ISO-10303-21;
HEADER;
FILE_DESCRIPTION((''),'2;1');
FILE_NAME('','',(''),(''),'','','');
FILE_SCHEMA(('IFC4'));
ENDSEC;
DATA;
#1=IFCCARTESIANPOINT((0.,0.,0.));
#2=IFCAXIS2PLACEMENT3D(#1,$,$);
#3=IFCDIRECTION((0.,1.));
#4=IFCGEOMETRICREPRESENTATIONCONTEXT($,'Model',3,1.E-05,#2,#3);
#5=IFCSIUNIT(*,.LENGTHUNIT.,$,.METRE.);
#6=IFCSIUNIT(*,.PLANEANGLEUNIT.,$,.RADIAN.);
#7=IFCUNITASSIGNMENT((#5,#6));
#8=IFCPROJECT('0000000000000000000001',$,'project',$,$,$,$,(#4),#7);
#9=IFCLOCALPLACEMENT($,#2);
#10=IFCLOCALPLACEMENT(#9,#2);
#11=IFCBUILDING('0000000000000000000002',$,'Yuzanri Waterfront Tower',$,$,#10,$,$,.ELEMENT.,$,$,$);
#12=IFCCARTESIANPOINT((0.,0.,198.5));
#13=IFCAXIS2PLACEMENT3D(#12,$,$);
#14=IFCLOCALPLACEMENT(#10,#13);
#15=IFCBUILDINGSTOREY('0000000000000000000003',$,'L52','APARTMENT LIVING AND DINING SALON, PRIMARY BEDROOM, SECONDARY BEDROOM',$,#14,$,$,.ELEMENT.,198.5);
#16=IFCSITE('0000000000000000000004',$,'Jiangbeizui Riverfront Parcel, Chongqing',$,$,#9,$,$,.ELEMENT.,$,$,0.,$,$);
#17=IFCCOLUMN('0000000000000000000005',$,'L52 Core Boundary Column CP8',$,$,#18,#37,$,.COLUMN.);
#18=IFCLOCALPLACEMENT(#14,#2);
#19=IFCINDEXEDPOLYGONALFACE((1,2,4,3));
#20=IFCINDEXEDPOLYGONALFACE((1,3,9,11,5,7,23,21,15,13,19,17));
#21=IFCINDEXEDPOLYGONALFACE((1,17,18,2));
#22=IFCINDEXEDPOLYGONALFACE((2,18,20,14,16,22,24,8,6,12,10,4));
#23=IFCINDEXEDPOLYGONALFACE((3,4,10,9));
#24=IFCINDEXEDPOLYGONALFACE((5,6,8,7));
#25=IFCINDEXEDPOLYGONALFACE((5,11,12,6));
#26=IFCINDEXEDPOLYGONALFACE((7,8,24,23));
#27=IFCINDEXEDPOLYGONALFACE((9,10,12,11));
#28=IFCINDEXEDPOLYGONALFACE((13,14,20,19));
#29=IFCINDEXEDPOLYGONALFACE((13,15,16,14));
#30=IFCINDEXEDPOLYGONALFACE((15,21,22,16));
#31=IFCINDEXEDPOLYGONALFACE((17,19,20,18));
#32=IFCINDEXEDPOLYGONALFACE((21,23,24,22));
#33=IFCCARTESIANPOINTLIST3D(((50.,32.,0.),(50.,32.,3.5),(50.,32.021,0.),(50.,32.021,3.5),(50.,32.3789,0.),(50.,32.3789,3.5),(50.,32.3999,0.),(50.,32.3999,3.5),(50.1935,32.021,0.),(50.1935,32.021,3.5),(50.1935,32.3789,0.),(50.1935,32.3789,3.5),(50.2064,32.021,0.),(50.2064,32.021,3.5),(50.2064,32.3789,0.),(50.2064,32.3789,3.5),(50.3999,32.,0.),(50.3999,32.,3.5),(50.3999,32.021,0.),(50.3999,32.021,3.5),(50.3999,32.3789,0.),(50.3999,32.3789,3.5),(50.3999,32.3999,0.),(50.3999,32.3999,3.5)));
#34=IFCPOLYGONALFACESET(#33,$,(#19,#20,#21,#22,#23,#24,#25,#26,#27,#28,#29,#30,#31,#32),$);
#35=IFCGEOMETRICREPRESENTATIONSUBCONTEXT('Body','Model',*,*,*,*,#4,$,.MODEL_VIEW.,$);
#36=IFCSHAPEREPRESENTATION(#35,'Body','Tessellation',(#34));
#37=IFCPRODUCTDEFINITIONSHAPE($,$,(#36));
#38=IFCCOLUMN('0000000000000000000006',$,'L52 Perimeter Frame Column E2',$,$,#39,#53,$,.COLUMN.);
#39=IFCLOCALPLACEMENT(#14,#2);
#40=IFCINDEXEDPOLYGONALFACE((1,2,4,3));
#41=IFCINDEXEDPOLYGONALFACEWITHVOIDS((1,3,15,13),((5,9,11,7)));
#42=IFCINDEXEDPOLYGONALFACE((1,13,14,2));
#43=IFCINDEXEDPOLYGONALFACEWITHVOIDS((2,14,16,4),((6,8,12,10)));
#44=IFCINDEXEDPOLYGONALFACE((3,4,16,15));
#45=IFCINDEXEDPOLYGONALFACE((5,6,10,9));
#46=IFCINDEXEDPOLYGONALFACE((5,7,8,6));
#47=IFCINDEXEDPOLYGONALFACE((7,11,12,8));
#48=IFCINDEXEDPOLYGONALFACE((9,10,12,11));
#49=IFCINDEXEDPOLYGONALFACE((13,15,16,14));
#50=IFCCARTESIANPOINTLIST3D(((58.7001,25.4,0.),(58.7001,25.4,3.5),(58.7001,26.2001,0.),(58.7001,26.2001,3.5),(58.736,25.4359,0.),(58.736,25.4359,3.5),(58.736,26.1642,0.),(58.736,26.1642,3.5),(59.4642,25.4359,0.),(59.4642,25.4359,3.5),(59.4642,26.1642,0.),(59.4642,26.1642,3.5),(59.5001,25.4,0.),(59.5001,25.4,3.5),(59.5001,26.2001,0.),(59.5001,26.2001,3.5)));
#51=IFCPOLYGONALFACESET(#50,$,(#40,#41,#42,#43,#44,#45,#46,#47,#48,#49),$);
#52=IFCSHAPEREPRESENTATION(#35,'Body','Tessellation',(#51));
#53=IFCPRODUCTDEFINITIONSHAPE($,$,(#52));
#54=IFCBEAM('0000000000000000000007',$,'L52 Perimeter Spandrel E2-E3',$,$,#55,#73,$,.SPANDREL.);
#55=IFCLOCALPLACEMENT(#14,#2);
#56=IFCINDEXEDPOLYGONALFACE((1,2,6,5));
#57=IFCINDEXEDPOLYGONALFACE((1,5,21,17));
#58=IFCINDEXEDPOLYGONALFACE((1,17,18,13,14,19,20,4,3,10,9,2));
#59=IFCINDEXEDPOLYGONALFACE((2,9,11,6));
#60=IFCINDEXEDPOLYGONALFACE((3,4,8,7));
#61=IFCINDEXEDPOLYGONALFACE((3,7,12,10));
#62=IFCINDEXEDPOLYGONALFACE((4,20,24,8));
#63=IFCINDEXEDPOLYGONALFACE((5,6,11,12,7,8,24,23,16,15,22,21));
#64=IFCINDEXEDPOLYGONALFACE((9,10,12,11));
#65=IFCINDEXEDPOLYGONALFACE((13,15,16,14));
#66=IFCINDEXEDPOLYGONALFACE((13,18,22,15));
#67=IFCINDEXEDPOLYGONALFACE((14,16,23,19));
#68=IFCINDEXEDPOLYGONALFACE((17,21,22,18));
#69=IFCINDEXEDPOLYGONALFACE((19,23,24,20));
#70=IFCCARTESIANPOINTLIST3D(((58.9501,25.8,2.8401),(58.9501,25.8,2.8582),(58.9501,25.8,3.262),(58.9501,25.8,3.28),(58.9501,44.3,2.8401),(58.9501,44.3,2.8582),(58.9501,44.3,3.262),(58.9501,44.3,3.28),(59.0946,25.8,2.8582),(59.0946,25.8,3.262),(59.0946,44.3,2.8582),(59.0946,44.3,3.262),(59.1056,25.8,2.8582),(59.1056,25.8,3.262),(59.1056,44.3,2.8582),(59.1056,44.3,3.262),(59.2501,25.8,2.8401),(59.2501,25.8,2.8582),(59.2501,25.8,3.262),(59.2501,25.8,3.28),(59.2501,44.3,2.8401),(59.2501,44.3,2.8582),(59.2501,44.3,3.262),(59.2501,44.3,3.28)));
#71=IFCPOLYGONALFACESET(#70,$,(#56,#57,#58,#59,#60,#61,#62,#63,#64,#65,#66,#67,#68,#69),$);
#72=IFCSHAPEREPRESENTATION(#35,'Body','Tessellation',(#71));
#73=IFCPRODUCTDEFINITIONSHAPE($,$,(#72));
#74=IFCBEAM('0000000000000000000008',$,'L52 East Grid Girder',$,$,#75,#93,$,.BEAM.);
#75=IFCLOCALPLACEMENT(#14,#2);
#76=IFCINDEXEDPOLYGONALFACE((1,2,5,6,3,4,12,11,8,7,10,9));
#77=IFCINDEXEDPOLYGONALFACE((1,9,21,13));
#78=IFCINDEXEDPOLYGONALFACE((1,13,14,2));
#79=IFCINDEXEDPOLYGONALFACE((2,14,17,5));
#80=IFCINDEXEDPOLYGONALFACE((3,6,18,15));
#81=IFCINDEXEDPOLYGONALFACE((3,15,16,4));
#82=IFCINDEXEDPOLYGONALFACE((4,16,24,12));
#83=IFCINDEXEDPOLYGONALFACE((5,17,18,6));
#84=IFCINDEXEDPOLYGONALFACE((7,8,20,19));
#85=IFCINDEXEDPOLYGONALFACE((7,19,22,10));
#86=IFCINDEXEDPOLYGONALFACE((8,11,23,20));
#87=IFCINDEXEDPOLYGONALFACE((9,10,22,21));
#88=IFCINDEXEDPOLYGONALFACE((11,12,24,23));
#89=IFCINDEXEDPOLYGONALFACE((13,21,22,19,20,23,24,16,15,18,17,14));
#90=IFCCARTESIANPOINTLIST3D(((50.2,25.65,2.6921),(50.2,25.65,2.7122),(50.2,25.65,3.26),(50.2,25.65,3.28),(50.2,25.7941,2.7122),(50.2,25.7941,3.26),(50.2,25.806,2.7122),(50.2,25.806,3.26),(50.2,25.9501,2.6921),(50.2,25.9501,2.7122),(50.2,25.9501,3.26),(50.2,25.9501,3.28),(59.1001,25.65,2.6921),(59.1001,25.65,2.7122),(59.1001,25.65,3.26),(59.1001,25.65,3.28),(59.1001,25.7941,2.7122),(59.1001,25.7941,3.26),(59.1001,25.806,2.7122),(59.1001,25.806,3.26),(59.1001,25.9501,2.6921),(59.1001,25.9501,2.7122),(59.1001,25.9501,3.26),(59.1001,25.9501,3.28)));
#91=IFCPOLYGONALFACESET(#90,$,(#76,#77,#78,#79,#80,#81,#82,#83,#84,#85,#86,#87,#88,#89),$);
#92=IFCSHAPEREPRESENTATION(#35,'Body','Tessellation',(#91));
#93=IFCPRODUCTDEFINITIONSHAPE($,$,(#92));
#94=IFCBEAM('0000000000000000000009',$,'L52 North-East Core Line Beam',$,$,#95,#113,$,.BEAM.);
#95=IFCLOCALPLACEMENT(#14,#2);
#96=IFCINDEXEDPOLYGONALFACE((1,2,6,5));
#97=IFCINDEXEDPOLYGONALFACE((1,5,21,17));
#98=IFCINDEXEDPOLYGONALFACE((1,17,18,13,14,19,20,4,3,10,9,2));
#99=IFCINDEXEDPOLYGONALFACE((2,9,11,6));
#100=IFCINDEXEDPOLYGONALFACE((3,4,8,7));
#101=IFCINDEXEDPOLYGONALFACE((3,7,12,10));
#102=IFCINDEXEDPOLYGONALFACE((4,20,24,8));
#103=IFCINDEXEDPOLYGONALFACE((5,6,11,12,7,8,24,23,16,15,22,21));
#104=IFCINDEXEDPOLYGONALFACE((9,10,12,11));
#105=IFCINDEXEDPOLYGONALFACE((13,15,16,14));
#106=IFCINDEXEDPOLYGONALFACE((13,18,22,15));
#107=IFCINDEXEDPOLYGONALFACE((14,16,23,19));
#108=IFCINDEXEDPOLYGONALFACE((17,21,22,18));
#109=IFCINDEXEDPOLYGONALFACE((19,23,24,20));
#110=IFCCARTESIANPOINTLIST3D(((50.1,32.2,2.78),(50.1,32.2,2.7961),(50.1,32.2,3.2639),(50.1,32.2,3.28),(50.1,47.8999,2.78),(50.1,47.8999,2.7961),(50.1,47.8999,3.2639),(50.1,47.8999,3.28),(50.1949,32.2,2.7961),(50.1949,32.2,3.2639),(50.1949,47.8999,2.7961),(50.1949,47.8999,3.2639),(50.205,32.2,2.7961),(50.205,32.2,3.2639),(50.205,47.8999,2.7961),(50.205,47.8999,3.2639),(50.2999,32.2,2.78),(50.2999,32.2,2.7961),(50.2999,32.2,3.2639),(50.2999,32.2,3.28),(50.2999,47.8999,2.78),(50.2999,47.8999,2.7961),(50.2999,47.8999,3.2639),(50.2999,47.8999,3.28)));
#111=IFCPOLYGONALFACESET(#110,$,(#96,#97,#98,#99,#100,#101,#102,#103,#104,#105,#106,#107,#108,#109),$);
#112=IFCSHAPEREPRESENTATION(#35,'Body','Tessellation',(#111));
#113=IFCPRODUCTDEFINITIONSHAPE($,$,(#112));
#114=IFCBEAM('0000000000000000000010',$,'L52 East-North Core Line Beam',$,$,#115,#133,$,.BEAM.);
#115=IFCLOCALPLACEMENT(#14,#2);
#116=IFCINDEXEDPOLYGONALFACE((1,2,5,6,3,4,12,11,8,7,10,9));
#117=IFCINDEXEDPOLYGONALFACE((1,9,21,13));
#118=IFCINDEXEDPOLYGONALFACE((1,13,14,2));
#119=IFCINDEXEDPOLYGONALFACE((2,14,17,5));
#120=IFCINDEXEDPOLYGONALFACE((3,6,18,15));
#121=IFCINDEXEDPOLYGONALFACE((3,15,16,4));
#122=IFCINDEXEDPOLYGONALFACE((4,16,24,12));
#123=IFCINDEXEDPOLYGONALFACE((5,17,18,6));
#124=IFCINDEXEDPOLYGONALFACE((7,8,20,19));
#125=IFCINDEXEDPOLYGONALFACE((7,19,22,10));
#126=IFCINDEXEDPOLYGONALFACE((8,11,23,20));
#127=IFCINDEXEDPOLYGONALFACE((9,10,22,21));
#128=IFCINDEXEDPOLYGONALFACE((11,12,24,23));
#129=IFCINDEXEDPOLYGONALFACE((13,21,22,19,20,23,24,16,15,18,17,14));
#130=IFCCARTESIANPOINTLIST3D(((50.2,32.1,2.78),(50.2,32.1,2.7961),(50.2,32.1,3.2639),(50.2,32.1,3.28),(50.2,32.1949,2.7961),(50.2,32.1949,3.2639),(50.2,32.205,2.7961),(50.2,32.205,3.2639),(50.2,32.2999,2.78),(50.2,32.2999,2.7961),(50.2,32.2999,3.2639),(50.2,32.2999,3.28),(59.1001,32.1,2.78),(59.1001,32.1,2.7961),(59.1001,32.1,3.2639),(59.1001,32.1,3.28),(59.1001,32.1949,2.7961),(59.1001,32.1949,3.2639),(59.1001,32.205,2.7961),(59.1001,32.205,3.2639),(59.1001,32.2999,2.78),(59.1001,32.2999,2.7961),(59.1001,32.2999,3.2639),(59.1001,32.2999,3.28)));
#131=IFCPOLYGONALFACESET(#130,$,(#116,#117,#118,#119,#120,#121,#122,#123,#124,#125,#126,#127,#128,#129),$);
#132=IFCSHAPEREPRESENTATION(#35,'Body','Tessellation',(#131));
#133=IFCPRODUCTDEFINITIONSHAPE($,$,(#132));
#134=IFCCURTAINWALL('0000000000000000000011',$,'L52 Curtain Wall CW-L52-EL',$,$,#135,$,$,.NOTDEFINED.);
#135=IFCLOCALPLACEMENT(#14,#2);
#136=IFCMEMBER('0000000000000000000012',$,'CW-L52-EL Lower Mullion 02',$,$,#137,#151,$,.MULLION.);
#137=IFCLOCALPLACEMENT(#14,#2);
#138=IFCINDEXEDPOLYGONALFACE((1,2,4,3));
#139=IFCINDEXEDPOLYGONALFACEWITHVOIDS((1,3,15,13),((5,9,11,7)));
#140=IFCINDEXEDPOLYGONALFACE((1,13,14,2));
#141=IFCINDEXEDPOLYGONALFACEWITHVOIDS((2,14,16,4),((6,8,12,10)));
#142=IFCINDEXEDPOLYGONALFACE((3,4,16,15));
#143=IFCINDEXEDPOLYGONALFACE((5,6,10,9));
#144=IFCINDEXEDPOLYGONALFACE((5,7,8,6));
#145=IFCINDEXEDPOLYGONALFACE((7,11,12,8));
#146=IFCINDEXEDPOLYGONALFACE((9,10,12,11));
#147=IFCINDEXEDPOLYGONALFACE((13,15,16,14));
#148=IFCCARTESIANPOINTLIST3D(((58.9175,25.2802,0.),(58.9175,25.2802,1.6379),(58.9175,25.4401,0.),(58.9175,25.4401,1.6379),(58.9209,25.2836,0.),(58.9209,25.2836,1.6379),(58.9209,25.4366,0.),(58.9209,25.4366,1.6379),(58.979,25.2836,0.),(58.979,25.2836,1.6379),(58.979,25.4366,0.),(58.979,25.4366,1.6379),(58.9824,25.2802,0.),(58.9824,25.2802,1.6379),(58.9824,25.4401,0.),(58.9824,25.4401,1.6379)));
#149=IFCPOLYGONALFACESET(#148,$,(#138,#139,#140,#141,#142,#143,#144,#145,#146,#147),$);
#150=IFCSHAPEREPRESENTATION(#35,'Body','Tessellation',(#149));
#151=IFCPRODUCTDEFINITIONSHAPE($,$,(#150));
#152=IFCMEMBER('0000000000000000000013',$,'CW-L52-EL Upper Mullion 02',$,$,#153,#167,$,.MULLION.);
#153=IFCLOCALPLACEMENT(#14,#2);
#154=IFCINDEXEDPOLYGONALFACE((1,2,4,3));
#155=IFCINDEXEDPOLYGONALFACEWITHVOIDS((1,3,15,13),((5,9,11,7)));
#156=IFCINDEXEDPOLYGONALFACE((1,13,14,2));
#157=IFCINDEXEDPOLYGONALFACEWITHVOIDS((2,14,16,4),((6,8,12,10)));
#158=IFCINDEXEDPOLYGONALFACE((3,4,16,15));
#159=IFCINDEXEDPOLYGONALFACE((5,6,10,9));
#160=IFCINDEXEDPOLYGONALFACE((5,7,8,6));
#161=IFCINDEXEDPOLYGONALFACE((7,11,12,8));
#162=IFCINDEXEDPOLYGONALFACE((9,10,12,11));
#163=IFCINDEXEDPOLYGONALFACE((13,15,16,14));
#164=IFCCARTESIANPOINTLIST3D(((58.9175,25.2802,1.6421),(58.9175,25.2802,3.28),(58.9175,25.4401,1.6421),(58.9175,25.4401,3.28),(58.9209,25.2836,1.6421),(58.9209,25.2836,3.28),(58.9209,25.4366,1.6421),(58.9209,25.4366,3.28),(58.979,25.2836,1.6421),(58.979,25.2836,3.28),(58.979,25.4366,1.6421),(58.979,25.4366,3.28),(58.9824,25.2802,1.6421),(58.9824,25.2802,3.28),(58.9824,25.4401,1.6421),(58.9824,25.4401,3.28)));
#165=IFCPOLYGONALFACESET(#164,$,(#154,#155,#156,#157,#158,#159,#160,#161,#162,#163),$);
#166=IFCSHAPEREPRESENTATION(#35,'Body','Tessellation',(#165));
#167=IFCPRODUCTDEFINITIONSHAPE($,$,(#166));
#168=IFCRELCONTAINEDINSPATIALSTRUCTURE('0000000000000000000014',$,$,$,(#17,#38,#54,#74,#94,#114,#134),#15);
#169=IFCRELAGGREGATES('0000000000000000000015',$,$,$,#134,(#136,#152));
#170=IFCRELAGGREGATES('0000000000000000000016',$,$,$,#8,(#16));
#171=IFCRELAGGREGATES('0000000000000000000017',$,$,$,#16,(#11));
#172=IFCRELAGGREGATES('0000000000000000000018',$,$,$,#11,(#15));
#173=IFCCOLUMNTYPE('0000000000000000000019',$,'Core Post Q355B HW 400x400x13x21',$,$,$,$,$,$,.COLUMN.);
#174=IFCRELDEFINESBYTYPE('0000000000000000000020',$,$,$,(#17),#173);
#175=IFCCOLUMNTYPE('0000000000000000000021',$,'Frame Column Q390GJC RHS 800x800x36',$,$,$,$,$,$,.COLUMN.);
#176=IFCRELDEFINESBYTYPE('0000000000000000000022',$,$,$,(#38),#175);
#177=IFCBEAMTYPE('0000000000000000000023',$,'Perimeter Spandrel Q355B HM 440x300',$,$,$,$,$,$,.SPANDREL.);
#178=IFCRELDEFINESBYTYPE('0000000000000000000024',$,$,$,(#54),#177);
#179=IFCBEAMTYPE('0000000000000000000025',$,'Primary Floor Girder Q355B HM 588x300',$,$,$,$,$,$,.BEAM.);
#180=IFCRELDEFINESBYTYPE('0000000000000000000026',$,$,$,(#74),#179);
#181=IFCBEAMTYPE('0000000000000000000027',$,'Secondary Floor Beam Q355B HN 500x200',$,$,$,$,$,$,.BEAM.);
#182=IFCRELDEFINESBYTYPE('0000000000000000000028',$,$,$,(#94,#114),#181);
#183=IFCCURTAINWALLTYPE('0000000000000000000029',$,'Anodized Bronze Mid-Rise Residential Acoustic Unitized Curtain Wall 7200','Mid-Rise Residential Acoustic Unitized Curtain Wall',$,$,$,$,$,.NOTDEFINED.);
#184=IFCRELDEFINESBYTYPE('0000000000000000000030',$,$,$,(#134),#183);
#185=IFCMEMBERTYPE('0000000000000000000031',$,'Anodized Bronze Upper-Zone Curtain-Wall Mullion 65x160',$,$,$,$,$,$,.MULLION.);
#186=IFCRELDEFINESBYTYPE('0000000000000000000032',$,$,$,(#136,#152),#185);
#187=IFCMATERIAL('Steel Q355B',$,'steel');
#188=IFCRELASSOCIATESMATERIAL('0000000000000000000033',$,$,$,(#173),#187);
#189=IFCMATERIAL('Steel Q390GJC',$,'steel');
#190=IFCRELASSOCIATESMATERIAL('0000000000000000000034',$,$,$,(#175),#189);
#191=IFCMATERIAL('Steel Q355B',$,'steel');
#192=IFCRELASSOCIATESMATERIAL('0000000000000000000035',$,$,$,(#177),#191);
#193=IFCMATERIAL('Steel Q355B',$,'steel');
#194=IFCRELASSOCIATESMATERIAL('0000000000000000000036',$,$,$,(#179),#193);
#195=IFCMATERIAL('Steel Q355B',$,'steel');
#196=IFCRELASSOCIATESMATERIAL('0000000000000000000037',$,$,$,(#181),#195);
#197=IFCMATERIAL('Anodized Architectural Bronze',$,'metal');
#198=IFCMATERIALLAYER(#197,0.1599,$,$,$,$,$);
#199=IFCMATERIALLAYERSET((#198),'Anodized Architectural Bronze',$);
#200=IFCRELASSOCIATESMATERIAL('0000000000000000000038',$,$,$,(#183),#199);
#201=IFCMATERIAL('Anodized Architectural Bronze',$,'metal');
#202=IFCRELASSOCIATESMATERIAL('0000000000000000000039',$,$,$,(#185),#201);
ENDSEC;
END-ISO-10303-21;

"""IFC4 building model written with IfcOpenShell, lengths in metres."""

from ifc_helpers import new_model, si_unit, direction, frame, origin, origin_2d, place, context, subcontext, project, spatial, hollow_rectangle, i_section, extrude, source, transform, mapped, material, layer, layer_set, material_profile, profile_set, type_object, element, aggregate, save


model = new_model("IFC4")

# Units and contexts
model_context = context("Model", 3, precision=1e-05, world=origin(), true_north=direction((0.0, 1.0)))
body_context = subcontext(model_context, "Body", "Model", "MODEL_VIEW")
ifc_project = project(units=[si_unit("LENGTHUNIT", "METRE"), si_unit("PLANEANGLEUNIT", "RADIAN")], contexts=[model_context])

# Site, building, storey
site_placement = place(None, origin())
site = spatial("IfcSite", under=ifc_project, at=site_placement, Name="Jiangbeizui Riverfront Parcel, Chongqing", CompositionType="ELEMENT", RefElevation=0.0)
building_placement = place(site_placement, origin())
building = spatial("IfcBuilding", under=site, at=building_placement, Name="Yuzanri Waterfront Tower", CompositionType="ELEMENT")
storey_placement = place(building_placement, frame((0.0, 0.0, 198.5)))
storey = spatial("IfcBuildingStorey", under=building, at=storey_placement, Name="L52", Description="APARTMENT LIVING AND DINING SALON, PRIMARY BEDROOM, SECONDARY BEDROOM", CompositionType="ELEMENT", Elevation=198.5)

# Columns
ifc_material_1 = material(Name="Steel Q355B", Category="steel")
ifc_material_profile_1 = material_profile(ifc_material_1, i_section(OverallWidth=0.3999, OverallDepth=0.3999, WebThickness=0.0129, FlangeThickness=0.021, at=origin_2d()), Name="HW 400x400x13x21")
ifc_profile_set_1 = profile_set([ifc_material_profile_1], Name="Steel Q355B")
column_type_1 = type_object("IfcColumnType", Name="Core Post Q355B HW 400x400x13x21", PredefinedType="COLUMN", material=ifc_profile_set_1)
shared_shape_1 = source(origin(), body_context, "Body", "SweptSolid", [
    extrude(i_section(OverallWidth=0.3999, OverallDepth=0.3999, WebThickness=0.0129, FlangeThickness=0.021, at=origin_2d()), origin(), (0.0, 0.0, 1.0), 3.5),
])
column_1_placement = place(storey_placement, frame((50.2, 32.2, 0.0), z_axis=(0.0, 0.0, 1.0), x_axis=(1.0, 0.0, 0.0)))
element("IfcColumn", 1, at=column_1_placement, inside=storey, type_object=column_type_1, Name="L52 Core Boundary Column CP8", PredefinedType="COLUMN", context=body_context, shape_type="MappedRepresentation", body=[
    mapped(shared_shape_1, transform((0.0, 0.0, 0.0), scale=1.0)),
])
ifc_material_2 = material(Name="Steel Q390GJC", Category="steel")
ifc_material_profile_2 = material_profile(ifc_material_2, hollow_rectangle(XDim=0.8, YDim=0.8, WallThickness=0.0359, at=origin_2d()), Name="RHS 800x800x36")
ifc_profile_set_2 = profile_set([ifc_material_profile_2], Name="Steel Q390GJC")
column_type_2 = type_object("IfcColumnType", Name="Frame Column Q390GJC RHS 800x800x36", PredefinedType="COLUMN", material=ifc_profile_set_2)
shared_shape_2 = source(origin(), body_context, "Body", "SweptSolid", [
    extrude(hollow_rectangle(XDim=0.8, YDim=0.8, WallThickness=0.0359, at=origin_2d()), origin(), (0.0, 0.0, 1.0), 3.5),
])
column_2_placement = place(storey_placement, frame((59.1001, 25.8, 0.0), z_axis=(0.0, 0.0, 1.0), x_axis=(1.0, 0.0, 0.0)))
element("IfcColumn", 2, at=column_2_placement, inside=storey, type_object=column_type_2, Name="L52 Perimeter Frame Column E2", PredefinedType="COLUMN", context=body_context, shape_type="MappedRepresentation", body=[
    mapped(shared_shape_2, transform((0.0, 0.0, 0.0), scale=1.0)),
])

# Beams
ifc_material_3 = material(Name="Steel Q355B", Category="steel")
ifc_material_profile_3 = material_profile(ifc_material_3, i_section(OverallWidth=0.3, OverallDepth=0.4399, WebThickness=0.011, FlangeThickness=0.0181, at=origin_2d()), Name="HM 440x300x11x18")
ifc_profile_set_3 = profile_set([ifc_material_profile_3], Name="Steel Q355B")
beam_type_1 = type_object("IfcBeamType", Name="Perimeter Spandrel Q355B HM 440x300", PredefinedType="SPANDREL", material=ifc_profile_set_3)
shared_shape_3 = source(origin(), body_context, "Body", "SweptSolid", [
    extrude(i_section(OverallWidth=0.3, OverallDepth=0.4399, WebThickness=0.011, FlangeThickness=0.0181, at=origin_2d()), origin(), (0.0, 0.0, 1.0), 18.5),
])
beam_1_placement = place(storey_placement, frame((59.1001, 25.8, 3.0601), z_axis=(0.0, 1.0, 0.0), x_axis=(-1.0, 0.0, 0.0)))
element("IfcBeam", 3, at=beam_1_placement, inside=storey, type_object=beam_type_1, Name="L52 Perimeter Spandrel E2-E3", PredefinedType="SPANDREL", context=body_context, shape_type="MappedRepresentation", body=[
    mapped(shared_shape_3, transform((0.0, 0.0, 0.0), scale=1.0)),
])
ifc_material_4 = material(Name="Steel Q355B", Category="steel")
ifc_material_profile_4 = material_profile(ifc_material_4, i_section(OverallWidth=0.3, OverallDepth=0.5879, WebThickness=0.012, FlangeThickness=0.02, at=origin_2d()), Name="HM 588x300x12x20")
ifc_profile_set_4 = profile_set([ifc_material_profile_4], Name="Steel Q355B")
beam_type_2 = type_object("IfcBeamType", Name="Primary Floor Girder Q355B HM 588x300", PredefinedType="BEAM", material=ifc_profile_set_4)
shared_shape_4 = source(origin(), body_context, "Body", "SweptSolid", [
    extrude(i_section(OverallWidth=0.3, OverallDepth=0.5879, WebThickness=0.012, FlangeThickness=0.02, at=origin_2d()), origin(), (0.0, 0.0, 1.0), 8.9001),
])
beam_2_placement = place(storey_placement, frame((50.2, 25.8, 2.9861), z_axis=(1.0, 0.0, 0.0), x_axis=(0.0, 1.0, 0.0)))
element("IfcBeam", 4, at=beam_2_placement, inside=storey, type_object=beam_type_2, Name="L52 East Grid Girder", PredefinedType="BEAM", context=body_context, shape_type="MappedRepresentation", body=[
    mapped(shared_shape_4, transform((0.0, 0.0, 0.0), scale=1.0)),
])
ifc_material_5 = material(Name="Steel Q355B", Category="steel")
ifc_material_profile_5 = material_profile(ifc_material_5, i_section(OverallWidth=0.2, OverallDepth=0.5, WebThickness=0.01, FlangeThickness=0.0161, at=origin_2d()), Name="HN 500x200x10x16")
ifc_profile_set_5 = profile_set([ifc_material_profile_5], Name="Steel Q355B")
beam_type_3 = type_object("IfcBeamType", Name="Secondary Floor Beam Q355B HN 500x200", PredefinedType="BEAM", material=ifc_profile_set_5)
shared_shape_5 = source(origin(), body_context, "Body", "SweptSolid", [
    extrude(i_section(OverallWidth=0.2, OverallDepth=0.5, WebThickness=0.01, FlangeThickness=0.0161, at=origin_2d()), origin(), (0.0, 0.0, 1.0), 15.7),
])
beam_3_placement = place(storey_placement, frame((50.2, 32.2, 3.03), z_axis=(0.0, 1.0, 0.0), x_axis=(-1.0, 0.0, 0.0)))
element("IfcBeam", 5, at=beam_3_placement, inside=storey, type_object=beam_type_3, Name="L52 North-East Core Line Beam", PredefinedType="BEAM", context=body_context, shape_type="MappedRepresentation", body=[
    mapped(shared_shape_5, transform((0.0, 0.0, 0.0), scale=1.0)),
])
shared_shape_6 = source(origin(), body_context, "Body", "SweptSolid", [
    extrude(i_section(OverallWidth=0.2, OverallDepth=0.5, WebThickness=0.01, FlangeThickness=0.0161, at=origin_2d()), origin(), (0.0, 0.0, 1.0), 8.9001),
])
beam_4_placement = place(storey_placement, frame((50.2, 32.2, 3.03), z_axis=(1.0, 0.0, 0.0), x_axis=(0.0, 1.0, 0.0)))
element("IfcBeam", 6, at=beam_4_placement, inside=storey, type_object=beam_type_3, Name="L52 East-North Core Line Beam", PredefinedType="BEAM", context=body_context, shape_type="MappedRepresentation", body=[
    mapped(shared_shape_6, transform((0.0, 0.0, 0.0), scale=1.0)),
])

# Curtain wall, members
ifc_material_6 = material(Name="Anodized Architectural Bronze", Category="metal")
ifc_layer_1 = layer(ifc_material_6, 0.1599)
ifc_layer_set_1 = layer_set([ifc_layer_1], Name="Anodized Architectural Bronze")
curtain_wall_type = type_object("IfcCurtainWallType", Name="Anodized Bronze Mid-Rise Residential Acoustic Unitized Curtain Wall 7200", Description="Mid-Rise Residential Acoustic Unitized Curtain Wall", PredefinedType="NOTDEFINED", material=ifc_layer_set_1)
curtain_wall_1_placement = place(storey_placement, origin())
curtain_wall_1 = element("IfcCurtainWall", 7, at=curtain_wall_1_placement, inside=storey, type_object=curtain_wall_type, Name="L52 Curtain Wall CW-L52-EL", PredefinedType="NOTDEFINED")
ifc_material_7 = material(Name="Anodized Architectural Bronze", Category="metal")
ifc_material_profile_6 = material_profile(ifc_material_7, hollow_rectangle(XDim=0.0649, YDim=0.1599, WallThickness=0.0034, at=origin_2d()), Name="CWM 65x160")
ifc_profile_set_6 = profile_set([ifc_material_profile_6], Name="Anodized Architectural Bronze")
member_type_1 = type_object("IfcMemberType", Name="Anodized Bronze Upper-Zone Curtain-Wall Mullion 65x160", PredefinedType="MULLION", material=ifc_profile_set_6)
shared_shape_7 = source(origin(), body_context, "Body", "SweptSolid", [
    extrude(hollow_rectangle(XDim=0.0649, YDim=0.1599, WallThickness=0.0034, at=origin_2d()), origin(), (0.0, 0.0, 1.0), 1.6379),
])
member_1_placement = place(storey_placement, frame((58.95, 25.3601, 0.0), z_axis=(0.0, 0.0, 1.0), x_axis=(1.0, 0.0, 0.0)))
member_1 = element("IfcMember", 8, at=member_1_placement, type_object=member_type_1, Name="CW-L52-EL Lower Mullion 02", PredefinedType="MULLION", context=body_context, shape_type="MappedRepresentation", body=[
    mapped(shared_shape_7, transform((0.0, 0.0, 0.0), scale=1.0)),
])
member_2_placement = place(storey_placement, frame((58.95, 25.3601, 1.6421), z_axis=(0.0, 0.0, 1.0), x_axis=(1.0, 0.0, 0.0)))
member_2 = element("IfcMember", 9, at=member_2_placement, type_object=member_type_1, Name="CW-L52-EL Upper Mullion 02", PredefinedType="MULLION", context=body_context, shape_type="MappedRepresentation", body=[
    mapped(shared_shape_7, transform((0.0, 0.0, 0.0), scale=1.0)),
])
aggregate(curtain_wall_1, [member_1, member_2])

save(model, "model.ifc")
